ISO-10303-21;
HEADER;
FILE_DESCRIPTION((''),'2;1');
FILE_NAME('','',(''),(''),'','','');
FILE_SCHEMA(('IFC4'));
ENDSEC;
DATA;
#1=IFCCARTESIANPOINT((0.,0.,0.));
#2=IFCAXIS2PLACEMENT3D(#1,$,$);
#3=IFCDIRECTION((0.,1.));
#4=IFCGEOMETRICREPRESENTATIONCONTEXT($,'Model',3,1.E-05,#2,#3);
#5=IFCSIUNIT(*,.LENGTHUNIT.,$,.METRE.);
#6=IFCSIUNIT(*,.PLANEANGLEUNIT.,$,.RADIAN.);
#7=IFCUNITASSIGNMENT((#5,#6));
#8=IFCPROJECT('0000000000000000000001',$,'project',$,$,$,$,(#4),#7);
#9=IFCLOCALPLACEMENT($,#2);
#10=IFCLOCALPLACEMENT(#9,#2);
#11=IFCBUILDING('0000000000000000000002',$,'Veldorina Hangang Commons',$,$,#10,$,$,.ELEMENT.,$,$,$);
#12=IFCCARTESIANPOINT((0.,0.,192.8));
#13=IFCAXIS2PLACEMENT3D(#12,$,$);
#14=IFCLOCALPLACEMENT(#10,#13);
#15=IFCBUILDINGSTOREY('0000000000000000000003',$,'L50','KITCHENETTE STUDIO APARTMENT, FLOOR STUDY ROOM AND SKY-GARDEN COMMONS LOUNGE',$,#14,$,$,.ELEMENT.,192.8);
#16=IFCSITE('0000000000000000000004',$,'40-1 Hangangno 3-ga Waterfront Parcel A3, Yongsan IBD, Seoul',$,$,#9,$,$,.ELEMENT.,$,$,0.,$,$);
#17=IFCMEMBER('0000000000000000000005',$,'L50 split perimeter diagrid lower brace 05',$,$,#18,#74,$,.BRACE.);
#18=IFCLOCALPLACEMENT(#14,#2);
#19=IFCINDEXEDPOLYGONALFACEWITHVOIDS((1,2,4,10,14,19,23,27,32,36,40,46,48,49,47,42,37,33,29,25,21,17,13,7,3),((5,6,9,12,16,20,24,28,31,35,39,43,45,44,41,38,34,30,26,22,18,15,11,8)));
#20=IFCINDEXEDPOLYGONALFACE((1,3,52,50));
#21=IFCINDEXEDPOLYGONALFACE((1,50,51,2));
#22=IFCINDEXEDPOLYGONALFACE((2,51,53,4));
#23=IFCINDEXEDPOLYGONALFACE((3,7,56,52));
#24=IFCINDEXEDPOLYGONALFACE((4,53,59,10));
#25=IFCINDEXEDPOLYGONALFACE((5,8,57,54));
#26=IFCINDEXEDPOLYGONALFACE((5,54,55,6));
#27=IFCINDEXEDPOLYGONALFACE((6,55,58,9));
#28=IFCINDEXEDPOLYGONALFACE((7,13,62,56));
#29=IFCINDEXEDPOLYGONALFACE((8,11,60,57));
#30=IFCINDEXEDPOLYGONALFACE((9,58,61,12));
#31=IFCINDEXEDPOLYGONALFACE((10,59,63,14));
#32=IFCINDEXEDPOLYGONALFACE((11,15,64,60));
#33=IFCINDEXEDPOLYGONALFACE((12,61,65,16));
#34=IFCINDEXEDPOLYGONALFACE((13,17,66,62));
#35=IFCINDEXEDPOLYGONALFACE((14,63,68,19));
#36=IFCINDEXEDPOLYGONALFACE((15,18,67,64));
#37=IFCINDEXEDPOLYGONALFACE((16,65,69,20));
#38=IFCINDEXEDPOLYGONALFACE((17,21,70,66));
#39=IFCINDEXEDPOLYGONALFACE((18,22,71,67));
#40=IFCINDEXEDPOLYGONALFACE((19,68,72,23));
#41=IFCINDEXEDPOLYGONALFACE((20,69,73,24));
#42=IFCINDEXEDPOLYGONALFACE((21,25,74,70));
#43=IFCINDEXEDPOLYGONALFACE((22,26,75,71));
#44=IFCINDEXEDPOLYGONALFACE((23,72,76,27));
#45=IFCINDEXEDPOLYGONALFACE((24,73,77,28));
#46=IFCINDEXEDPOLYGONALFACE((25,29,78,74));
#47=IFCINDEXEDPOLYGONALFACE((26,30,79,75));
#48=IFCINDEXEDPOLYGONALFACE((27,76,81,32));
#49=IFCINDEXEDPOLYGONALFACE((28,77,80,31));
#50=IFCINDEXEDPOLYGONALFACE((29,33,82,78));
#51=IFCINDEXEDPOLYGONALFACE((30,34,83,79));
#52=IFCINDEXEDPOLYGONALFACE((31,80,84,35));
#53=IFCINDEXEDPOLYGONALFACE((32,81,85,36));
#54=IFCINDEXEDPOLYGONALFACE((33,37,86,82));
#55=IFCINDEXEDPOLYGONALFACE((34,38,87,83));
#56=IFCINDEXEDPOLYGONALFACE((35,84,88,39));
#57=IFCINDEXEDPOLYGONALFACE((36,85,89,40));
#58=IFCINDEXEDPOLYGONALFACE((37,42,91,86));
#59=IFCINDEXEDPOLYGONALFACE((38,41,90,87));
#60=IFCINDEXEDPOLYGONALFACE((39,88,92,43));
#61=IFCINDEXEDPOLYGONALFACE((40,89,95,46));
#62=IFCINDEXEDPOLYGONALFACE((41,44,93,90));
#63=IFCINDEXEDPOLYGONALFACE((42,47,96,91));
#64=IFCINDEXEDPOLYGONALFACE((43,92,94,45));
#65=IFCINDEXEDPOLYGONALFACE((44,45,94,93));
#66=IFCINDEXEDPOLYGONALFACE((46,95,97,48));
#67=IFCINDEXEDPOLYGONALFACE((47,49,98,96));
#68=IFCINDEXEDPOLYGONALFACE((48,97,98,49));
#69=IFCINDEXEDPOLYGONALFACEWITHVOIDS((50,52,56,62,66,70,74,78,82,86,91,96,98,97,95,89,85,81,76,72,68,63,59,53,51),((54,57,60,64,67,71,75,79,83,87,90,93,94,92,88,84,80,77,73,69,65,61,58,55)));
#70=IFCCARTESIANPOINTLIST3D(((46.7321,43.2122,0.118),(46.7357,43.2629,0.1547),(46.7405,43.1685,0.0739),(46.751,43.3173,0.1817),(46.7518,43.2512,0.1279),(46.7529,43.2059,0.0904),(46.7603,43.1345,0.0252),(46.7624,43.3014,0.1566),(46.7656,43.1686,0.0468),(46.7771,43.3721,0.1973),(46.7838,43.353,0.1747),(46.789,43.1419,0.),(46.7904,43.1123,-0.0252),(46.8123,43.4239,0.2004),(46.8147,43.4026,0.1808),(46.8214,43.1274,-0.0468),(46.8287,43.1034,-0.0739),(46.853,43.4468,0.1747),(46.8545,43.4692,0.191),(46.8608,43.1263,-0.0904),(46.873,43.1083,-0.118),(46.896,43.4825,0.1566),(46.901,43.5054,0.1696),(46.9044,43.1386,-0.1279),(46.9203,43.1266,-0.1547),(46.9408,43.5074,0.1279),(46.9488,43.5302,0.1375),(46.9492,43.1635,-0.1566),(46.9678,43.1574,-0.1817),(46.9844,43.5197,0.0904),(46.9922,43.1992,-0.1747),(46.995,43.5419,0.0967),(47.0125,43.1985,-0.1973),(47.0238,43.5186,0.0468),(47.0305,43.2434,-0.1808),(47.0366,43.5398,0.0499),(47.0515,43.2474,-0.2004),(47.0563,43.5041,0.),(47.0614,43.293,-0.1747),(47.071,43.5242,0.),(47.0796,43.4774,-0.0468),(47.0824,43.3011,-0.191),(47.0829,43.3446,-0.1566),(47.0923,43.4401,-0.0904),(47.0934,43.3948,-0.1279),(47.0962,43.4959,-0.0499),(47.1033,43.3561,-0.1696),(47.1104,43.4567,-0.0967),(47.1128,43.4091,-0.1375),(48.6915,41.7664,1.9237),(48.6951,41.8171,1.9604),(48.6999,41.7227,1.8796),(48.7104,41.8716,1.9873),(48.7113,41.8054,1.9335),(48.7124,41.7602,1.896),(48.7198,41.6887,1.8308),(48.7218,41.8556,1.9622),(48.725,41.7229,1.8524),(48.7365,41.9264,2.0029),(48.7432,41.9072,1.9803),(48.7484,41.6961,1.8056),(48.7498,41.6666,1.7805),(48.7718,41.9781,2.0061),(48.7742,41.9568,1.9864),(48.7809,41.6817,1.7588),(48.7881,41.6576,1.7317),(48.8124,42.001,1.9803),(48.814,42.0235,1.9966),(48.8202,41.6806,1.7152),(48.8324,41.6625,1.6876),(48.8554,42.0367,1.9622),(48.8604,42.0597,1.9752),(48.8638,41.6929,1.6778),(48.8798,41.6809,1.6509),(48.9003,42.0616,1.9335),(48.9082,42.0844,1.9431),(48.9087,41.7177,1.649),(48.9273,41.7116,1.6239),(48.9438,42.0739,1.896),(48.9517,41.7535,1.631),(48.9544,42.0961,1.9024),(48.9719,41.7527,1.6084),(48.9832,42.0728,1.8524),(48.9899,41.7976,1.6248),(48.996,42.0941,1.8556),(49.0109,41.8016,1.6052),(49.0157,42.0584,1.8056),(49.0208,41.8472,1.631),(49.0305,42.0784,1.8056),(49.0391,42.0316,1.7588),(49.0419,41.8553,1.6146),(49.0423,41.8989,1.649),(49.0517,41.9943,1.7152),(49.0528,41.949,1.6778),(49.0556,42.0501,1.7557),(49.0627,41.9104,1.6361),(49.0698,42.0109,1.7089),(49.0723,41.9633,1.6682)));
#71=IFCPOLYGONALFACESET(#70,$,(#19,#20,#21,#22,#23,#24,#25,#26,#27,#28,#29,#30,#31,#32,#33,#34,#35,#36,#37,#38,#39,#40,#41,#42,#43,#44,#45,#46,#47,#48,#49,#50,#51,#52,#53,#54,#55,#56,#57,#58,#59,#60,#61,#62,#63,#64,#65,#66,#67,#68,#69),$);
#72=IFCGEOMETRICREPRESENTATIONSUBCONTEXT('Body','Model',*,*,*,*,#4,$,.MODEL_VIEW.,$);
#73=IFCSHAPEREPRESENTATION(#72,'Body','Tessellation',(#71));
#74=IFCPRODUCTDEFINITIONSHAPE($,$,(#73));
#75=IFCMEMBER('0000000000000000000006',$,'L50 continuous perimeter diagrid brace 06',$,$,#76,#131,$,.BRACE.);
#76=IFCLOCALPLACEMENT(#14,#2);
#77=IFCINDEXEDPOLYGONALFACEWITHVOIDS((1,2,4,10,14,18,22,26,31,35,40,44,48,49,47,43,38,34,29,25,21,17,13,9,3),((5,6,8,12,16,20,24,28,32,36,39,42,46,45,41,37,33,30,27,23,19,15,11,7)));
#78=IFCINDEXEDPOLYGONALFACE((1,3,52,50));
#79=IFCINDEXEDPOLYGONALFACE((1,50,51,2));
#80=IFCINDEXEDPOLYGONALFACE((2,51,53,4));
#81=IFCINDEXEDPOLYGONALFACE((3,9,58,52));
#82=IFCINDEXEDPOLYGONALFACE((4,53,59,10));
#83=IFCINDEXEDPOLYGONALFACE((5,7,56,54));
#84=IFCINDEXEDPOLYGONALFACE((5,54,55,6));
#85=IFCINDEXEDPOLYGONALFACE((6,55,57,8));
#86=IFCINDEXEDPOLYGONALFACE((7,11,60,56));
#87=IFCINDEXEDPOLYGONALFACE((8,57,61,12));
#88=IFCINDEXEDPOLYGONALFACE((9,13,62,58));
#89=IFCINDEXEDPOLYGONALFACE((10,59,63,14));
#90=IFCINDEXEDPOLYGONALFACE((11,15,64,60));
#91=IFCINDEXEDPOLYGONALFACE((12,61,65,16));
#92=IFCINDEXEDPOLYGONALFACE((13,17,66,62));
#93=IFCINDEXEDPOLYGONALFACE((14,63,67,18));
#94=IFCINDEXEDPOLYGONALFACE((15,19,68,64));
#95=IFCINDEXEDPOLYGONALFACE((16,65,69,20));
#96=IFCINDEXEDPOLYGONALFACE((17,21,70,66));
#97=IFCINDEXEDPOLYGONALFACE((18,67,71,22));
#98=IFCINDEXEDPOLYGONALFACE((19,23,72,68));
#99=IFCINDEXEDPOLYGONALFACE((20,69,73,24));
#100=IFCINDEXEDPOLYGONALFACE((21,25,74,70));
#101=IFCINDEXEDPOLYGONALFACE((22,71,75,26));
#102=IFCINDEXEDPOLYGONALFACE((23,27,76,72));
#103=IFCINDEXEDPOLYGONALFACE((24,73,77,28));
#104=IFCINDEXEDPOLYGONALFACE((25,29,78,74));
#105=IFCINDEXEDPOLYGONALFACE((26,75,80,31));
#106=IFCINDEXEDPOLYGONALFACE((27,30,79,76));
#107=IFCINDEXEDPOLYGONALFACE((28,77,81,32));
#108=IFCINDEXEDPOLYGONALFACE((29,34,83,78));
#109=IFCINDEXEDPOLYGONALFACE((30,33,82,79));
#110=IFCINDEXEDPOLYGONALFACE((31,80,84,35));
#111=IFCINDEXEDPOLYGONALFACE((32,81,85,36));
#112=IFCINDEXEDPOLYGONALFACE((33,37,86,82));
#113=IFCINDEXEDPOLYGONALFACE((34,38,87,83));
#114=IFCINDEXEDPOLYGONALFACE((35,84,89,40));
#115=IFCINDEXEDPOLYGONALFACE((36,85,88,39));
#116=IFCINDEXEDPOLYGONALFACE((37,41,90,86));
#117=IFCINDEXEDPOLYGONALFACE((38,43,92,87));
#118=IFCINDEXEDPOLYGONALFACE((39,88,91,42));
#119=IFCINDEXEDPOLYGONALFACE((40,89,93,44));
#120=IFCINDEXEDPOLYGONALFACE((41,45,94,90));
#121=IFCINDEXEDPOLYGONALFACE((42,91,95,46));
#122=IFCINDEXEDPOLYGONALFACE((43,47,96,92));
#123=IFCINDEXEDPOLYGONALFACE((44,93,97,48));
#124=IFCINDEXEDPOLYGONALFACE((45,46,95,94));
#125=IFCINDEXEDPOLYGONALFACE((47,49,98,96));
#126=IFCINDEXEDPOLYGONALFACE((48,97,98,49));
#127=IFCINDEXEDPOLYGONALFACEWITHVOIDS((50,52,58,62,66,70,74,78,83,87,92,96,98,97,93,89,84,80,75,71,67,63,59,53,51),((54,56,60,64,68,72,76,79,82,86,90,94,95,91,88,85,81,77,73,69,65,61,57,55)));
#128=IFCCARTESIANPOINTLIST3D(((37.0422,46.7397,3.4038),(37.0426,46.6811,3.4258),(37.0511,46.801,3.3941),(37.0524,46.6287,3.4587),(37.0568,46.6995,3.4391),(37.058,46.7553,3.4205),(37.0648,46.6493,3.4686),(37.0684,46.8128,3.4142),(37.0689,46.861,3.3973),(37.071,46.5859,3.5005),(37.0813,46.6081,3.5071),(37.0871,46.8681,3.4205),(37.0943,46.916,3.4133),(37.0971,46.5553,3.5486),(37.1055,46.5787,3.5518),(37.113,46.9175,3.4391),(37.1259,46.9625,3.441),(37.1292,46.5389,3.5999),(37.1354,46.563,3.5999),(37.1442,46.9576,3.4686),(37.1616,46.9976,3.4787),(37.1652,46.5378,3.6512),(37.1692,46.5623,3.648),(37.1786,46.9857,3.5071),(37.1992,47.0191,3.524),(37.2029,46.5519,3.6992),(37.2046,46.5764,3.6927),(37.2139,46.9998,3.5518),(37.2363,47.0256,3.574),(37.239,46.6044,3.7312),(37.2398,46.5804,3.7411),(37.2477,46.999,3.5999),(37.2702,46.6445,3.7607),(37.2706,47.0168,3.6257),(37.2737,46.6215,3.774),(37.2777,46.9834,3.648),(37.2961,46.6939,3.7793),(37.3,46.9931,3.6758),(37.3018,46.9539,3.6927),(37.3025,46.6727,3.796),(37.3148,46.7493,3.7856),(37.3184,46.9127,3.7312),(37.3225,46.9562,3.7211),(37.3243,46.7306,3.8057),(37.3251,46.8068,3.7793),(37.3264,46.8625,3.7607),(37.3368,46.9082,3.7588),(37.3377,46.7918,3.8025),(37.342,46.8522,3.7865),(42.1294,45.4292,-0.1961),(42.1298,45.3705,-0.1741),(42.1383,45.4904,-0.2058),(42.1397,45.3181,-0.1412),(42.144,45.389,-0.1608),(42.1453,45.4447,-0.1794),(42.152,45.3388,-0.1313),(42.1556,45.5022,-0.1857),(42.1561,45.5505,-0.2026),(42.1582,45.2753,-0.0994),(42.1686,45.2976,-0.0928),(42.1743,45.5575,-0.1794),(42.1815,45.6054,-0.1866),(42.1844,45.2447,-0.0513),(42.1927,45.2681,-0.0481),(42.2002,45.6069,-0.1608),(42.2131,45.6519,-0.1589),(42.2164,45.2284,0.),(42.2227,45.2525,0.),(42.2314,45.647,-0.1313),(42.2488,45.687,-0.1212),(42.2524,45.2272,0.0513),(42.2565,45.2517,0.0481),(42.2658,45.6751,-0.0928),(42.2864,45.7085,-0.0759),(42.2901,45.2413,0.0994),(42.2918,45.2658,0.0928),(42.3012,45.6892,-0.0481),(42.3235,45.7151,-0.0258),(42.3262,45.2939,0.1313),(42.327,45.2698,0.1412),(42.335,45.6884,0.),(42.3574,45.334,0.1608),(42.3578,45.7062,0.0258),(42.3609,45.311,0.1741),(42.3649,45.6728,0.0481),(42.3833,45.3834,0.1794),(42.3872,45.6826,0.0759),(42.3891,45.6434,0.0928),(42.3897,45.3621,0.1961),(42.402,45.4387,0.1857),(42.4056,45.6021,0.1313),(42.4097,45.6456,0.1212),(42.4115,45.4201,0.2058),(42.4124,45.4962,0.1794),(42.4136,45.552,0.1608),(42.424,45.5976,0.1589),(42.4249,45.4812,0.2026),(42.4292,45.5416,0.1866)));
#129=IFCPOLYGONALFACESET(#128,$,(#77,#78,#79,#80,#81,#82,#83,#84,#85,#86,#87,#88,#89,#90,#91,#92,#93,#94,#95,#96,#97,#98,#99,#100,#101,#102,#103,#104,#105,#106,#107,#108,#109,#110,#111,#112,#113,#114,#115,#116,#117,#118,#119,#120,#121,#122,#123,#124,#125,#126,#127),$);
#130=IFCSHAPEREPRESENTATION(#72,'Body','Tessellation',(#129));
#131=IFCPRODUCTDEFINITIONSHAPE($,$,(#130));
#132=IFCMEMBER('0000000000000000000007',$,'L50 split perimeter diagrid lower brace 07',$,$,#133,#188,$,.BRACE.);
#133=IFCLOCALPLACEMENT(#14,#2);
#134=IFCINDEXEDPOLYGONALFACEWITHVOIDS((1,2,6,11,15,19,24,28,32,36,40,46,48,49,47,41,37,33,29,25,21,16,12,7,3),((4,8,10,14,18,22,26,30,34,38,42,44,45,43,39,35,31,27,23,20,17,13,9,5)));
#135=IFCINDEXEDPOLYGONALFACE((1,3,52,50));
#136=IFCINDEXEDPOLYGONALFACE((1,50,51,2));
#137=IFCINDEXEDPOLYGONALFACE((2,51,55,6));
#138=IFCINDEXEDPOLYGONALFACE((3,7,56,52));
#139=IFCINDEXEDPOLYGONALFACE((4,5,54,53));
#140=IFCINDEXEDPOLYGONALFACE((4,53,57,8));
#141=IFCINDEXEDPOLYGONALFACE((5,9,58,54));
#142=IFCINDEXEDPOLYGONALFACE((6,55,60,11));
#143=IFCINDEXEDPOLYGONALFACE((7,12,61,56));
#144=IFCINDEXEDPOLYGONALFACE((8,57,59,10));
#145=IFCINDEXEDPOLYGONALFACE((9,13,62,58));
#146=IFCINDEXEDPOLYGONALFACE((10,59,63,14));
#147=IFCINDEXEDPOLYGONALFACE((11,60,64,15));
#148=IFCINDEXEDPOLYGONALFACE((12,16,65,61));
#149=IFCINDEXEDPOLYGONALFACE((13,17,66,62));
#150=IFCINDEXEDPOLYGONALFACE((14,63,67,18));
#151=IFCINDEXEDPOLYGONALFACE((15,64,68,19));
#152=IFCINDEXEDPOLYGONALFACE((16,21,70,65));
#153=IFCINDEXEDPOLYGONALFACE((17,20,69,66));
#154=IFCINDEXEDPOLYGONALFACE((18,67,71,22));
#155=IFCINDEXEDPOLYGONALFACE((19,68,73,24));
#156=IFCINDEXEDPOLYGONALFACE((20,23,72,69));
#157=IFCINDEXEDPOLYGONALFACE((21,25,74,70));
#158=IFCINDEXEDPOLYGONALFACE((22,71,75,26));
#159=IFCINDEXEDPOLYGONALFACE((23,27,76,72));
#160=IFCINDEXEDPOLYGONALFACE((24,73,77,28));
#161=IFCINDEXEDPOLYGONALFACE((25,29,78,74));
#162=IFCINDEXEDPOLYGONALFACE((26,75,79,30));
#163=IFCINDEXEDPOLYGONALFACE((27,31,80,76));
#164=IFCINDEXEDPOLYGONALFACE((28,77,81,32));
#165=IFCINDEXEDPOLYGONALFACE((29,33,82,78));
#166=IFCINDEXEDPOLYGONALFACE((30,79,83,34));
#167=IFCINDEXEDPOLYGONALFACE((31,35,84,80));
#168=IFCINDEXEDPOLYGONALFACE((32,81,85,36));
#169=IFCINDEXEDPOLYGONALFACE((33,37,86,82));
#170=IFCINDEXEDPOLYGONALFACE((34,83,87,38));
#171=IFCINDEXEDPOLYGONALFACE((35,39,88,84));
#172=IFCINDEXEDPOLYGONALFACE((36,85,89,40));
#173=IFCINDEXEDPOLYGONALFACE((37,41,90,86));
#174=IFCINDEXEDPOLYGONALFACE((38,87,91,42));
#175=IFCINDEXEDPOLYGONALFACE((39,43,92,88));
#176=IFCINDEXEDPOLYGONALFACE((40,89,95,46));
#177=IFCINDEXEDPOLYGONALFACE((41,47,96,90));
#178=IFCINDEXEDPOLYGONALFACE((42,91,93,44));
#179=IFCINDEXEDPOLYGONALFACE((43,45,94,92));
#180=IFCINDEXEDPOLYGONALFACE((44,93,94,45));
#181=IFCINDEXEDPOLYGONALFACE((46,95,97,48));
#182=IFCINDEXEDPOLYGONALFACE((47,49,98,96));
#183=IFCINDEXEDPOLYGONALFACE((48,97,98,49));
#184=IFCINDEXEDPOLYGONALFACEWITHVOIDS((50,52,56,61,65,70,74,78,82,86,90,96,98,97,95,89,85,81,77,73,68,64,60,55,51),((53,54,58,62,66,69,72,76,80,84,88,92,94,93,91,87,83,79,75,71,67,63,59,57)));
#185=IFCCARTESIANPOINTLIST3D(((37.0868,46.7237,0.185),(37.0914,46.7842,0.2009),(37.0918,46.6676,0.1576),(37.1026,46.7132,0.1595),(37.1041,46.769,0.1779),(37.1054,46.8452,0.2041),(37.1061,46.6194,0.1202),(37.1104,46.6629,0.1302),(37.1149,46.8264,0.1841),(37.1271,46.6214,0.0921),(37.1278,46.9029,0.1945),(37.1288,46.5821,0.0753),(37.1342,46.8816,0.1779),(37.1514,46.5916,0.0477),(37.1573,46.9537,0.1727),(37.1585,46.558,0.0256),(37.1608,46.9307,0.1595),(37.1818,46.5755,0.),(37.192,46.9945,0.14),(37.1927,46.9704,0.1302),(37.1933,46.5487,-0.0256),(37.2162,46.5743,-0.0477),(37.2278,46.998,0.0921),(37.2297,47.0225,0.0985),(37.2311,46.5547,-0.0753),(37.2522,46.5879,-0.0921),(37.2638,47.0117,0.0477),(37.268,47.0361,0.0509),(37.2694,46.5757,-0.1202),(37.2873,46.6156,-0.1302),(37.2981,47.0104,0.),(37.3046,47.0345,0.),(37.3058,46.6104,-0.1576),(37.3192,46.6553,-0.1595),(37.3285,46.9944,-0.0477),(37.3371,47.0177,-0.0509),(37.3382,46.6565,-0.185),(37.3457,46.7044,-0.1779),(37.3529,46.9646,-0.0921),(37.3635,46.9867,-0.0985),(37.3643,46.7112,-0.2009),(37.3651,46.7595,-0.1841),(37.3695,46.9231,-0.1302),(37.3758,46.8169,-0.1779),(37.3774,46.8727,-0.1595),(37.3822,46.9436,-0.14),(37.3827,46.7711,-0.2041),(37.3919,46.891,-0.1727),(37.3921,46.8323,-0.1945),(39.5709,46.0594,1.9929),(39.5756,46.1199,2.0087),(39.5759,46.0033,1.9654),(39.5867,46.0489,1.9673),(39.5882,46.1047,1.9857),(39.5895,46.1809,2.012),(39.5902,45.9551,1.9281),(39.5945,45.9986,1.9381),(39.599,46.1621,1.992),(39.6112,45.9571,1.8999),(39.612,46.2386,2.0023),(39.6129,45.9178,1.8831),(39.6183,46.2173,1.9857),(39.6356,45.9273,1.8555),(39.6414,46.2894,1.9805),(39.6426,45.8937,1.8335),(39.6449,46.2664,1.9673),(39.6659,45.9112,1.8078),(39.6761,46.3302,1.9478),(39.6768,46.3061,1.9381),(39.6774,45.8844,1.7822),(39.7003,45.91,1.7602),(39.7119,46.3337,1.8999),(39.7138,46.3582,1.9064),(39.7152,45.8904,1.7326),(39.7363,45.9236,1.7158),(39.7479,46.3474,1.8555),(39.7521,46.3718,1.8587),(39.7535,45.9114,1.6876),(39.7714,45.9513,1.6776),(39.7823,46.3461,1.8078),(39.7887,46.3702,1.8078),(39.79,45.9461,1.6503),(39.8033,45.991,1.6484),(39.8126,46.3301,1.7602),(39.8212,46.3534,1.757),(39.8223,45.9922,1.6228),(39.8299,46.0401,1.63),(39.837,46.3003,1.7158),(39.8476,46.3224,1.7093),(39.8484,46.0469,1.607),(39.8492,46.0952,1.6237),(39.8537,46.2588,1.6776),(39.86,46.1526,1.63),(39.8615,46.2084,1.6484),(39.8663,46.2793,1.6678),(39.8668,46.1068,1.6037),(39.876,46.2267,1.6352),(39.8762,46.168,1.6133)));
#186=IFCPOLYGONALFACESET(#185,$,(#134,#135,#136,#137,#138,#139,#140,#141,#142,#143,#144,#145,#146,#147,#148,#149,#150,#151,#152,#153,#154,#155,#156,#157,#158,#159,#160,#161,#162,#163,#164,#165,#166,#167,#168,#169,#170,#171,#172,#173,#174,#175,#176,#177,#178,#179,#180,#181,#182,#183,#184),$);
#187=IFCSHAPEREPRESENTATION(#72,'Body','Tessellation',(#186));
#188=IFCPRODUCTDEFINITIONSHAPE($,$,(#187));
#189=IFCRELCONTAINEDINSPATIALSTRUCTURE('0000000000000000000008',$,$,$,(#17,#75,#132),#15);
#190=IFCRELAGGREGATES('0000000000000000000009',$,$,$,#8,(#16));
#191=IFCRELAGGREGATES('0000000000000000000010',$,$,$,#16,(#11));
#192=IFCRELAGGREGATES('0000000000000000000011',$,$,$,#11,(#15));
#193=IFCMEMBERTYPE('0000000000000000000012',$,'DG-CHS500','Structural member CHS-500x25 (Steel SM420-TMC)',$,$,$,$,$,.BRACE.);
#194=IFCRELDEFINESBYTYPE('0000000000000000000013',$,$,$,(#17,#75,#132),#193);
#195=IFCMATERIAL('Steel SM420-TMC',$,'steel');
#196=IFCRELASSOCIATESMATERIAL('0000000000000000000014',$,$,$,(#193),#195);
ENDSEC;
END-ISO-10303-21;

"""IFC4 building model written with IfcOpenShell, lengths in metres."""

from ifc_helpers import new_model, si_unit, direction, frame, origin, origin_2d, place, context, subcontext, project, spatial, hollow_circle, extrude, material, material_profile, profile_set, type_object, element, save


model = new_model("IFC4")

# Units and contexts
model_context = context("Model", 3, precision=1e-05, world=origin(), true_north=direction((0.0, 1.0)))
body_context = subcontext(model_context, "Body", "Model", "MODEL_VIEW")
ifc_project = project(units=[si_unit("LENGTHUNIT", "METRE"), si_unit("PLANEANGLEUNIT", "RADIAN")], contexts=[model_context])

# Site, building, storey
site_placement = place(None, origin())
site = spatial("IfcSite", under=ifc_project, at=site_placement, Name="40-1 Hangangno 3-ga Waterfront Parcel A3, Yongsan IBD, Seoul", CompositionType="ELEMENT", RefElevation=0.0)
building_placement = place(site_placement, origin())
building = spatial("IfcBuilding", under=site, at=building_placement, Name="Veldorina Hangang Commons", CompositionType="ELEMENT")
storey_placement = place(building_placement, frame((0.0, 0.0, 192.8)))
storey = spatial("IfcBuildingStorey", under=building, at=storey_placement, Name="L50", Description="KITCHENETTE STUDIO APARTMENT, FLOOR STUDY ROOM AND SKY-GARDEN COMMONS LOUNGE", CompositionType="ELEMENT", Elevation=192.8)

# Shared definitions
ifc_material_1 = material(Name="Steel SM420-TMC", Category="steel")

# Members
ifc_material_profile_1 = material_profile(ifc_material_1, hollow_circle(Radius=0.25, WallThickness=0.0249, at=origin_2d()), Name="CHS-500x25")
ifc_profile_set_1 = profile_set([ifc_material_profile_1], Name="Steel SM420-TMC")
member_type = type_object("IfcMemberType", Name="DG-CHS500", Description="Structural member CHS-500x25 (Steel SM420-TMC)", PredefinedType="BRACE", material=ifc_profile_set_1)
member_1_placement = place(storey_placement, frame((46.9226, 43.323, 0.0), z_axis=(0.64636, -0.476918, 0.595624), x_axis=(0.593726, 0.804668, 0.0)))
element("IfcMember", 1, at=member_1_placement, inside=storey, type_object=member_type, Name="L50 split perimeter diagrid lower brace 05", PredefinedType="BRACE", context=body_context, shape_type="SweptSolid", body=[
    extrude(hollow_circle(Radius=0.25, WallThickness=0.0249, at=origin_2d()), origin(), (0.0, 0.0, 1.0), 3.0315),
])
member_2_placement = place(storey_placement, frame((42.2788, 45.4705, 0.0), z_axis=(-0.798821, 0.205791, 0.565274), x_axis=(-0.249473, -0.968382, 0.0)))
element("IfcMember", 2, at=member_2_placement, inside=storey, type_object=member_type, Name="L50 continuous perimeter diagrid brace 06", PredefinedType="BRACE", context=body_context, shape_type="SweptSolid", body=[
    extrude(hollow_circle(Radius=0.25, WallThickness=0.0249, at=origin_2d()), origin(), (0.0, 0.0, 1.0), 6.3684),
])
member_3_placement = place(storey_placement, frame((37.24, 46.793, 0.0), z_axis=(0.790284, -0.211338, 0.575141), x_axis=(0.258342, 0.966053, 0.0)))
element("IfcMember", 3, at=member_3_placement, inside=storey, type_object=member_type, Name="L50 split perimeter diagrid lower brace 07", PredefinedType="BRACE", context=body_context, shape_type="SweptSolid", body=[
    extrude(hollow_circle(Radius=0.25, WallThickness=0.0249, at=origin_2d()), origin(), (0.0, 0.0, 1.0), 3.1433),
])

save(model, "model.ifc")
